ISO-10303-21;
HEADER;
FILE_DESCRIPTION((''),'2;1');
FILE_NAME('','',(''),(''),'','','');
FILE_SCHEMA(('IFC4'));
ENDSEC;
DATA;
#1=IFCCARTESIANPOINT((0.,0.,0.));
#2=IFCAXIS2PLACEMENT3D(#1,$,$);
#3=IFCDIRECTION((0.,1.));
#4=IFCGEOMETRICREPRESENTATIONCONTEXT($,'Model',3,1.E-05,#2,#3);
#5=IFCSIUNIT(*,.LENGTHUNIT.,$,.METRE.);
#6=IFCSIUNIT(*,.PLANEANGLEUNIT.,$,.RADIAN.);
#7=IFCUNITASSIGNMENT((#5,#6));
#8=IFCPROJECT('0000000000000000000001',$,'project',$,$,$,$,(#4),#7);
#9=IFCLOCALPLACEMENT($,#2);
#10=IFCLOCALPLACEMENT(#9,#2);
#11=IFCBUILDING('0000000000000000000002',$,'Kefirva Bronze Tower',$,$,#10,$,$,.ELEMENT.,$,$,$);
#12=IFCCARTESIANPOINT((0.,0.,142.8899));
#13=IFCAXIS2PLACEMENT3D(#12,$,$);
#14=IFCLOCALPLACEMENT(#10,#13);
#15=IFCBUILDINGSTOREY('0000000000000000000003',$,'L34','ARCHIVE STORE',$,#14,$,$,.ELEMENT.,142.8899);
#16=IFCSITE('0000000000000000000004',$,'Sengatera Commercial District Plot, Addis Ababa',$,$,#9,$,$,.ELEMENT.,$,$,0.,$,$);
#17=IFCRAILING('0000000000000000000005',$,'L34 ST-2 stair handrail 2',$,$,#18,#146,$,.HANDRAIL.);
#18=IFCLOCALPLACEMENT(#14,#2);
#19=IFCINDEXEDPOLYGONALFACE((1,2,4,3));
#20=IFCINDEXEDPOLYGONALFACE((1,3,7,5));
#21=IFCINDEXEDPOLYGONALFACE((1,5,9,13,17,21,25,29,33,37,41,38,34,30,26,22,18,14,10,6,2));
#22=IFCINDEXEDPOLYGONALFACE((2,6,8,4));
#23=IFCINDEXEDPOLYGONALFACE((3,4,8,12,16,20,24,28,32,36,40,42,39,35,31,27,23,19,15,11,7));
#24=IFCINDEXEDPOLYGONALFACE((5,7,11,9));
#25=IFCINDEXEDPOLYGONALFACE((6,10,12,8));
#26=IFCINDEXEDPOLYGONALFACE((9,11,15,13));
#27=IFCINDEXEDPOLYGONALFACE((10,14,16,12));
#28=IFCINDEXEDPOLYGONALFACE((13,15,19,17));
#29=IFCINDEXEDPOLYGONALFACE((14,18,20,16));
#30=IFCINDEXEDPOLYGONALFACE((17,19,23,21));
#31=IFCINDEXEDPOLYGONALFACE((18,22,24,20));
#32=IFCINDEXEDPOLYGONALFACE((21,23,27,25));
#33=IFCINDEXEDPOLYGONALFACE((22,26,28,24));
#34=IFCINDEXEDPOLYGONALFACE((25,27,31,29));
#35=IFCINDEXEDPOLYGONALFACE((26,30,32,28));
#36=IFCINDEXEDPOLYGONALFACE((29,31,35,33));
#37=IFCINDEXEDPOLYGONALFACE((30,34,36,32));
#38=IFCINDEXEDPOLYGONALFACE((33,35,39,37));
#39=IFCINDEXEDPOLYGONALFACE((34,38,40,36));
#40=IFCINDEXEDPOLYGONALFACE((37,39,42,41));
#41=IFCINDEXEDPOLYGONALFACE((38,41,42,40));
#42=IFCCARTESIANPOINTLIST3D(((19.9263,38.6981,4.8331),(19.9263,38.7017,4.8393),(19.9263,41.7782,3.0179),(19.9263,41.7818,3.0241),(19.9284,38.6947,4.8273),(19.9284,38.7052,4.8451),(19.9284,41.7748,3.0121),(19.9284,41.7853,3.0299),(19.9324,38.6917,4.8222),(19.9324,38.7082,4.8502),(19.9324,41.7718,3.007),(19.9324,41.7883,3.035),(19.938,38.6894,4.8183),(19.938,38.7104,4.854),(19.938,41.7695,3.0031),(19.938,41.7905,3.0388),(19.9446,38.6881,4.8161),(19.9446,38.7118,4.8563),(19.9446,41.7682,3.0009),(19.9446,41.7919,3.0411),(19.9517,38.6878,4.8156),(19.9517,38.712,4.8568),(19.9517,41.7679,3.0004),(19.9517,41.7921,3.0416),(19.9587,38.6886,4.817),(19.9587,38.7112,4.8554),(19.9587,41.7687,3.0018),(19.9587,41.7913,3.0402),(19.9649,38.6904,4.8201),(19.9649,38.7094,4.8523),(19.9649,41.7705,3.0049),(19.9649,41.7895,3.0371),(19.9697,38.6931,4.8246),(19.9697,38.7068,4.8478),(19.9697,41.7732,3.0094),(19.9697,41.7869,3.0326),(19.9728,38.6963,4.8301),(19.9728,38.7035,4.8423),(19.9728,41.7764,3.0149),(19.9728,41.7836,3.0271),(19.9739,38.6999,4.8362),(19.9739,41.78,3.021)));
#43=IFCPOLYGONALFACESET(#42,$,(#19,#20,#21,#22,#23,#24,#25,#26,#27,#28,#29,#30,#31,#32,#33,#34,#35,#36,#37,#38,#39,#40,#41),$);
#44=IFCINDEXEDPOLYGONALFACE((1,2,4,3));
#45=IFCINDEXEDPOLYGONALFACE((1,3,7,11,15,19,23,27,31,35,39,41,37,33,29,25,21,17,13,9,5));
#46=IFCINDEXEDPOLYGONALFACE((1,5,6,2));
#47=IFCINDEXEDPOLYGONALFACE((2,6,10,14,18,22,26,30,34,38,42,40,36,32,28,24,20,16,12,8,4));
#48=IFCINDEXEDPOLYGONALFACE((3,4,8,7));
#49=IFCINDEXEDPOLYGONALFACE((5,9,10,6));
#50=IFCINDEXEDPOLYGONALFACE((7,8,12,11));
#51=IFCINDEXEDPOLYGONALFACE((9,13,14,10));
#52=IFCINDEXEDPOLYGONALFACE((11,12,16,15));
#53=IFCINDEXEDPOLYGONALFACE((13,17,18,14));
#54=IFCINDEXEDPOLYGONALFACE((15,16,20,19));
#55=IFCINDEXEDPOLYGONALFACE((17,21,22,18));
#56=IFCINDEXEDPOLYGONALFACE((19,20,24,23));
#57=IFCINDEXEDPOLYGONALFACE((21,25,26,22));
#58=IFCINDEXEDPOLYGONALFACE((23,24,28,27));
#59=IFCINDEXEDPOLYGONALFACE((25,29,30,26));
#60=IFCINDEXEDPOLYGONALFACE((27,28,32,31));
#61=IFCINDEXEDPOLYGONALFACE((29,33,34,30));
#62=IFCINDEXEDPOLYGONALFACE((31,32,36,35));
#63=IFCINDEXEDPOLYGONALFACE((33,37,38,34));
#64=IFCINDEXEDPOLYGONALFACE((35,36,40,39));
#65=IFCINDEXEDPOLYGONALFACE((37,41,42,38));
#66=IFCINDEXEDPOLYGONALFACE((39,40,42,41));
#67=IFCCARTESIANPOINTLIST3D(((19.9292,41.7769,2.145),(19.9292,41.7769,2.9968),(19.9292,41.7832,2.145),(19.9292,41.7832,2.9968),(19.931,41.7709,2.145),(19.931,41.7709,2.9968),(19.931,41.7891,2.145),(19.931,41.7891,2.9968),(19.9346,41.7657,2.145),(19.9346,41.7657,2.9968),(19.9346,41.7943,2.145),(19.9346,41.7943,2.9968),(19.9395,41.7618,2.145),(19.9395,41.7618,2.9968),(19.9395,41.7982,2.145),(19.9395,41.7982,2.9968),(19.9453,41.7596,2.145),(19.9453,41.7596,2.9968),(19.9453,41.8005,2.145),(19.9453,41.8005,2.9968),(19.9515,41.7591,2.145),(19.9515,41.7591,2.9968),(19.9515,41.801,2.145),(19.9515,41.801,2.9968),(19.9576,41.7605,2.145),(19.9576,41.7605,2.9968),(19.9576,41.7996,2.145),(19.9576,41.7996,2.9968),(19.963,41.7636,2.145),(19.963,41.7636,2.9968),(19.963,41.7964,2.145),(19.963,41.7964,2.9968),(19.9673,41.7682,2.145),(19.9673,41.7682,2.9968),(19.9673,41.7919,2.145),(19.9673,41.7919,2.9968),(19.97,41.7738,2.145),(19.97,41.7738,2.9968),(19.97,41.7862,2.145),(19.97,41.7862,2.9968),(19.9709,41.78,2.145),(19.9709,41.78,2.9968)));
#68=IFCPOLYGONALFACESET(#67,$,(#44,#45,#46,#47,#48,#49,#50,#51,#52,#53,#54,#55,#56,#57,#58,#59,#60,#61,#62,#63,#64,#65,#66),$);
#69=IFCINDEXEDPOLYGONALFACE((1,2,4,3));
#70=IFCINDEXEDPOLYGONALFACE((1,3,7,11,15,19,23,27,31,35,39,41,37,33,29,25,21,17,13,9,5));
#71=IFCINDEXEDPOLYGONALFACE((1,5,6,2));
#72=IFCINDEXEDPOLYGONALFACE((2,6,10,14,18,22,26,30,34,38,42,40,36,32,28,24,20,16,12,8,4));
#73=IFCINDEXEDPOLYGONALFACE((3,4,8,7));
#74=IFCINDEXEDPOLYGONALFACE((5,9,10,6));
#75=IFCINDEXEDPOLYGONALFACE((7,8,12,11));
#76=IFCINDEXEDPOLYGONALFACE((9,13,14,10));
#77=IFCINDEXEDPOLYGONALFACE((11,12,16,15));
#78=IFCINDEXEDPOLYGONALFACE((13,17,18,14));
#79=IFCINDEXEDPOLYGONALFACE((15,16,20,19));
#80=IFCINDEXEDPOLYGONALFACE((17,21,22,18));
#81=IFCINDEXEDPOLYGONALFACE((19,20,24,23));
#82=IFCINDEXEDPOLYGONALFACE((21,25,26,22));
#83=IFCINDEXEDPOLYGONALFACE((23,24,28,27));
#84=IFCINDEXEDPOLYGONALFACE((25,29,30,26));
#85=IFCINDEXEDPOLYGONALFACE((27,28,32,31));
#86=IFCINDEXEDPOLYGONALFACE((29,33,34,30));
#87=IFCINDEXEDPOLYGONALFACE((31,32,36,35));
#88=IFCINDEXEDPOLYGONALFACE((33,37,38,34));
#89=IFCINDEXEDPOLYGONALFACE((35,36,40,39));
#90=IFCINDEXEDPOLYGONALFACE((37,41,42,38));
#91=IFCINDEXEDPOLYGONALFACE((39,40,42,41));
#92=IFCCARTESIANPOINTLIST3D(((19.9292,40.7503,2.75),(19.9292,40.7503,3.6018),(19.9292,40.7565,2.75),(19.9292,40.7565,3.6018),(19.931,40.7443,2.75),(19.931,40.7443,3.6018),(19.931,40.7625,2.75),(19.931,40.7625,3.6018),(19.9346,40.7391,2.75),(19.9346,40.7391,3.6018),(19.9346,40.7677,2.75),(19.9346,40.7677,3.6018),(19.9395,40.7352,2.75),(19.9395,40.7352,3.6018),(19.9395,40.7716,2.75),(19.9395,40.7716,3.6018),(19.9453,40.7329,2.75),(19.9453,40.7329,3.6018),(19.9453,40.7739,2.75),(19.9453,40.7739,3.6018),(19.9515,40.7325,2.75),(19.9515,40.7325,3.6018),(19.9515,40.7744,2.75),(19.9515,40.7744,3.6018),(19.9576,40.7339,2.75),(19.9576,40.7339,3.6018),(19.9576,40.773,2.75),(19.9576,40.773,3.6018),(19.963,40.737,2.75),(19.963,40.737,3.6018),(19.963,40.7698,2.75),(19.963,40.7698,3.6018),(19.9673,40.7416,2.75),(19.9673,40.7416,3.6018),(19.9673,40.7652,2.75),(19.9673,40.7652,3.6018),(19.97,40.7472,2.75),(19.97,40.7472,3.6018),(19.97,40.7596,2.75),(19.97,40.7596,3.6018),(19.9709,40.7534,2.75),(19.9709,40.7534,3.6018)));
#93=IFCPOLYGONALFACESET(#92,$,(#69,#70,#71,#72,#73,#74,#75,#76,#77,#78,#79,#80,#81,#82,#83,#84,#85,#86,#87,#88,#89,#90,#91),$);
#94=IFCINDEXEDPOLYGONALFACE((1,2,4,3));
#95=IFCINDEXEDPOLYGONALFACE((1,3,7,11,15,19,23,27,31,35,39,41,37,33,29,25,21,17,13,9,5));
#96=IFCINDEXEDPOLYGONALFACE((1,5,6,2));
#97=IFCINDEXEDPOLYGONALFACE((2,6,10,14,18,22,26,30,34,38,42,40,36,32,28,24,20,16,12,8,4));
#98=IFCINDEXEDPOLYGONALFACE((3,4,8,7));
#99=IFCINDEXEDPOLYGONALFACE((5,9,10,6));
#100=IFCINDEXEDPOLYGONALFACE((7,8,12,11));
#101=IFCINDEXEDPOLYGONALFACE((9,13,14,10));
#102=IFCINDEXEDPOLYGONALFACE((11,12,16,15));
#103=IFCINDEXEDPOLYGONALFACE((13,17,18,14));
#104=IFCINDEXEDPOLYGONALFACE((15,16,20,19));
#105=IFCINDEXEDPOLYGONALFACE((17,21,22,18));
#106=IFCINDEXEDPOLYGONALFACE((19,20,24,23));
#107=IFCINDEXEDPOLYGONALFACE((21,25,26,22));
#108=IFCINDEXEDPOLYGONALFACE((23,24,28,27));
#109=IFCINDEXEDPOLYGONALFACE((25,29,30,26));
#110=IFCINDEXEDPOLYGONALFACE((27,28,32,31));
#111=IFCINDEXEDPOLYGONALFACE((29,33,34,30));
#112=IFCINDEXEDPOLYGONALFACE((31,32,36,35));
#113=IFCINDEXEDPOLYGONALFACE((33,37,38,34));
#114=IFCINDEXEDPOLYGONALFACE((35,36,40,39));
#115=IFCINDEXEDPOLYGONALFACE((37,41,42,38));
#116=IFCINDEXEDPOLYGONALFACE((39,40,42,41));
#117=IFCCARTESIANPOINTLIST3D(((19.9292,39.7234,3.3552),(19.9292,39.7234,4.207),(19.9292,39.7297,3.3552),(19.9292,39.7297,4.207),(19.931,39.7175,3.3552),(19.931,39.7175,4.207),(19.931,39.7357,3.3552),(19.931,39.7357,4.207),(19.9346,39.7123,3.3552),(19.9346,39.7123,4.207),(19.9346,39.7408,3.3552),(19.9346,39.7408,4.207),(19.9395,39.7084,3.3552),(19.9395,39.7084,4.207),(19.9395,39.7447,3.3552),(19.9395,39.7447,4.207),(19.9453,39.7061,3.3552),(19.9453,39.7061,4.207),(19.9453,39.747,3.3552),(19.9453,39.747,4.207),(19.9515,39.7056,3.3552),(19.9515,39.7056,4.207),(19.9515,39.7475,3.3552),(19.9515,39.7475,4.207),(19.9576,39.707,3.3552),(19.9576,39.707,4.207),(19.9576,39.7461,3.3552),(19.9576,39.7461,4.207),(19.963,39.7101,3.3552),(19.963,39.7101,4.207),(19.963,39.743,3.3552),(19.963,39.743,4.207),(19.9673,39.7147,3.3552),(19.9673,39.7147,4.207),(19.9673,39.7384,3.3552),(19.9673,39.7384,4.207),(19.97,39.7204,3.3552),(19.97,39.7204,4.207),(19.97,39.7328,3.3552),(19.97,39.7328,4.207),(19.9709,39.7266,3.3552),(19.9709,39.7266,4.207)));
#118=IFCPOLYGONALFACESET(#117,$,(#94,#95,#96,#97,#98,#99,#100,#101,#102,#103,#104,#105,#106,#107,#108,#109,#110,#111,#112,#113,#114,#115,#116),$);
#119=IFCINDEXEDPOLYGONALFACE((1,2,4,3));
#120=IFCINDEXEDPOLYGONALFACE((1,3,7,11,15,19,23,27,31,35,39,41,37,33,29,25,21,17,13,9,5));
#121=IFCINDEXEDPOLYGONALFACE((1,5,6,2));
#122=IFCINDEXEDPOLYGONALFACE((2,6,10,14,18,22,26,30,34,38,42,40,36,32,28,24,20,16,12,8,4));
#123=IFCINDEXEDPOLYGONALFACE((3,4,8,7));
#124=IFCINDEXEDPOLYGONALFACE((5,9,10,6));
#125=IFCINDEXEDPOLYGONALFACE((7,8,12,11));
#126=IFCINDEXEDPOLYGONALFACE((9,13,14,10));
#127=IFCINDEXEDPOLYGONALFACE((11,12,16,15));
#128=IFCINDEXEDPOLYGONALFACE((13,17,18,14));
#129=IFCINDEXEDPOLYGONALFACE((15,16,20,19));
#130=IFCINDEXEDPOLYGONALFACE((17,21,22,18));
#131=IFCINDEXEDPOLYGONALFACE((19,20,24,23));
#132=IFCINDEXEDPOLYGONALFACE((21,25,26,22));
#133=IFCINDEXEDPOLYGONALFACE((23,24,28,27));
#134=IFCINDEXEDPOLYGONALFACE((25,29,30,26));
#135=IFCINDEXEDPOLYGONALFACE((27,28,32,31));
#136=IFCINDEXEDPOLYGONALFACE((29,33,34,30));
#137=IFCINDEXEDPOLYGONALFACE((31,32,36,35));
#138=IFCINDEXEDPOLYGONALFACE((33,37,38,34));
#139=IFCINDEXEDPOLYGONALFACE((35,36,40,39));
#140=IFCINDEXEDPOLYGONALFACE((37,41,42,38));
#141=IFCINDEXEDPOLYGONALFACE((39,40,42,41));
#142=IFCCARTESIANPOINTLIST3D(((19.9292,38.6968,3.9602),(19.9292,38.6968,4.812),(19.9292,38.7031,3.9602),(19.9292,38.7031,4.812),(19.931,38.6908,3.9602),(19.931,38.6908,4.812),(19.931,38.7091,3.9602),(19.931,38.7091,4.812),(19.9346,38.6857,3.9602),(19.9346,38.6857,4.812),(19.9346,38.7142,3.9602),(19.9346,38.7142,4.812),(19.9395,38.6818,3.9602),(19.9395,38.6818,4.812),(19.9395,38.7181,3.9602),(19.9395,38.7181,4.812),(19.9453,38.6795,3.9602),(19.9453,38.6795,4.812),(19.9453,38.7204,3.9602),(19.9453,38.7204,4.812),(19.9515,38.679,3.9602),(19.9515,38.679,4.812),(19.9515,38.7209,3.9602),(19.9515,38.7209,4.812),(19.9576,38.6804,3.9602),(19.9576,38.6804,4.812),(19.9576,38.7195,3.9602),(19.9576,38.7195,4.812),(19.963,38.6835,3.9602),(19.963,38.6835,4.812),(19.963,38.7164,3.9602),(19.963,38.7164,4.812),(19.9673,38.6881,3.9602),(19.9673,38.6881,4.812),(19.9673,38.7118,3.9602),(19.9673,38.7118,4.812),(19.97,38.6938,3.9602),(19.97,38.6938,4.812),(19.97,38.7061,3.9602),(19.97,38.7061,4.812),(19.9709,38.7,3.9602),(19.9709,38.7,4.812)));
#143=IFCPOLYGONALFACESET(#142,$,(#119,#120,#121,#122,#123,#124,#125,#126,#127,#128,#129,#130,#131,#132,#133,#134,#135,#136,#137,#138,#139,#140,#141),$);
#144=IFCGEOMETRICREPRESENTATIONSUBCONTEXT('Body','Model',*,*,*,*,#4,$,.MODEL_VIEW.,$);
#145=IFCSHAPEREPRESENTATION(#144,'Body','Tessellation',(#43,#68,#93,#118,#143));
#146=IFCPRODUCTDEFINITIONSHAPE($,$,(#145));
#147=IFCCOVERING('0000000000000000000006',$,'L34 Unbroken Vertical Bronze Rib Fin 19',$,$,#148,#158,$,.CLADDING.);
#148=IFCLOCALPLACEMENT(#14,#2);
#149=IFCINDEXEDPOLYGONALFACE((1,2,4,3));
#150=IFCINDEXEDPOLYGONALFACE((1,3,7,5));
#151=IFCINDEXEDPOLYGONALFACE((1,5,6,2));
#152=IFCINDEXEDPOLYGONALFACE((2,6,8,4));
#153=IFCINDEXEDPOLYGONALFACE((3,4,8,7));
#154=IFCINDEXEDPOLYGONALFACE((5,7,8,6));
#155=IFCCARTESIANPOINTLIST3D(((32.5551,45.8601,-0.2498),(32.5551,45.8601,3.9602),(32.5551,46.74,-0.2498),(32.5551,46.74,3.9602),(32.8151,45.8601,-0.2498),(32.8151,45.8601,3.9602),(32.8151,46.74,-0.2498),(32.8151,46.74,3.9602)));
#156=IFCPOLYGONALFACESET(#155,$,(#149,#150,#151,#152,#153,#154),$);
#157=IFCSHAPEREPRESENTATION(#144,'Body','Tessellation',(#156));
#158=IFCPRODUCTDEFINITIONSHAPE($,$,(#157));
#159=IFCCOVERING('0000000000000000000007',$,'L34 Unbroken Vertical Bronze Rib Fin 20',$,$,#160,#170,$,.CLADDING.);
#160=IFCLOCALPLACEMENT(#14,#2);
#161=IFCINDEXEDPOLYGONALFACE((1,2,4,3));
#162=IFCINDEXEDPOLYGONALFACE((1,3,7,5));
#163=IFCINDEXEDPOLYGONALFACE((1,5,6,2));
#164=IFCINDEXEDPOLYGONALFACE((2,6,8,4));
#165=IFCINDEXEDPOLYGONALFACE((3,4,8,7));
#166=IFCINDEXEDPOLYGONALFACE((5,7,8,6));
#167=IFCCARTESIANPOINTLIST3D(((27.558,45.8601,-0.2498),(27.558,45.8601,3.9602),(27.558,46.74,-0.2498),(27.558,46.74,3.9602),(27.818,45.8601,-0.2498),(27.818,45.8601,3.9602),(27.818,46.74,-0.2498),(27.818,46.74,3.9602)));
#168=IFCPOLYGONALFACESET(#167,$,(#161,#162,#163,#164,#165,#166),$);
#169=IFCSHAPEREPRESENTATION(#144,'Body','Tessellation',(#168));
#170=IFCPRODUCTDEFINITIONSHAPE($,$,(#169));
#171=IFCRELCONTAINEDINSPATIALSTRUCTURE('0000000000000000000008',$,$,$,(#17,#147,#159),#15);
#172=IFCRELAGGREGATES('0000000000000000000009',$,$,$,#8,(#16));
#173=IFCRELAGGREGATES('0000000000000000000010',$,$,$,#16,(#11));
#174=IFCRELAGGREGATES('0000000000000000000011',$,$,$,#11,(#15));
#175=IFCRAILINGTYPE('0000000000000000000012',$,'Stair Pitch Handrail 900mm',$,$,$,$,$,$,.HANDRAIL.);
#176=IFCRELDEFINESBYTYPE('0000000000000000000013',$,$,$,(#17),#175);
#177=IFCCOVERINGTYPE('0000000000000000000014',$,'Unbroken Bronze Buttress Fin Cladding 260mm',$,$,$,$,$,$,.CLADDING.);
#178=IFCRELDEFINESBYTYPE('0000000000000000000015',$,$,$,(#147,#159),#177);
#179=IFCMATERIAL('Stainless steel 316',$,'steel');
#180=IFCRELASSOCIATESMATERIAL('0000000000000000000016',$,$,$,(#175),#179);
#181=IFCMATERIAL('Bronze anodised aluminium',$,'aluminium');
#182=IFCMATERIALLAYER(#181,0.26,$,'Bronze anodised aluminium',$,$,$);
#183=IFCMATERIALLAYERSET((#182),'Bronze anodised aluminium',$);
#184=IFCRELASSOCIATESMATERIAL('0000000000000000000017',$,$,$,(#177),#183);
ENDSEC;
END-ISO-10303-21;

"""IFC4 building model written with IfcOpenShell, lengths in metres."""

from ifc_helpers import new_model, si_unit, direction, frame, origin, origin_2d, place, context, subcontext, project, spatial, rectangle, circle, extrude, material, layer, layer_set, type_object, element, save


model = new_model("IFC4")

# Units and contexts
model_context = context("Model", 3, precision=1e-05, world=origin(), true_north=direction((0.0, 1.0)))
body_context = subcontext(model_context, "Body", "Model", "MODEL_VIEW")
ifc_project = project(units=[si_unit("LENGTHUNIT", "METRE"), si_unit("PLANEANGLEUNIT", "RADIAN")], contexts=[model_context])

# Site, building, storey
site_placement = place(None, origin())
site = spatial("IfcSite", under=ifc_project, at=site_placement, Name="Sengatera Commercial District Plot, Addis Ababa", CompositionType="ELEMENT", RefElevation=0.0)
building_placement = place(site_placement, origin())
building = spatial("IfcBuilding", under=site, at=building_placement, Name="Kefirva Bronze Tower", CompositionType="ELEMENT")
storey_placement = place(building_placement, frame((0.0, 0.0, 142.8899)))
storey = spatial("IfcBuildingStorey", under=building, at=storey_placement, Name="L34", Description="ARCHIVE STORE", CompositionType="ELEMENT", Elevation=142.8899)

# Shared definitions
ifc_material_1 = material(Name="Bronze anodised aluminium", Category="aluminium")

# Railing
ifc_material_2 = material(Name="Stainless steel 316", Category="steel")
railing_type_1 = type_object("IfcRailingType", Name="Stair Pitch Handrail 900mm", PredefinedType="HANDRAIL", material=ifc_material_2)
railing_1_placement = place(storey_placement, frame((19.95, 41.78, 2.145)))
element("IfcRailing", 1, at=railing_1_placement, inside=storey, type_object=railing_type_1, Name="L34 ST-2 stair handrail 2", PredefinedType="HANDRAIL", context=body_context, shape_type="SweptSolid", body=[
    extrude(circle(Radius=0.0239, at=origin_2d()), frame((0.0, 0.0, 0.876), z_axis=(0.0, -0.861521, 0.507721), x_axis=(1.0, 0.0, 0.0)), (0.0, 0.0, 1.0), 3.5752),
    extrude(circle(Radius=0.021, at=origin_2d()), origin(), (0.0, 0.0, 1.0), 0.8518),
    extrude(circle(Radius=0.021, at=origin_2d()), frame((0.0, -1.0266, 0.605)), (0.0, 0.0, 1.0), 0.8518),
    extrude(circle(Radius=0.021, at=origin_2d()), frame((0.0, -2.0535, 1.2102)), (0.0, 0.0, 1.0), 0.8518),
    extrude(circle(Radius=0.021, at=origin_2d()), frame((0.0, -3.0801, 1.8152)), (0.0, 0.0, 1.0), 0.8518),
])

# Coverings
ifc_layer_1 = layer(ifc_material_1, 0.26, Name="Bronze anodised aluminium")
ifc_layer_set_1 = layer_set([ifc_layer_1], Name="Bronze anodised aluminium")
covering_type_1 = type_object("IfcCoveringType", Name="Unbroken Bronze Buttress Fin Cladding 260mm", PredefinedType="CLADDING", material=ifc_layer_set_1)
for number, where, z_axis, x_axis, name in (
    (2, (32.6851, 46.3, -0.2498), (0.0, 0.0, 1.0), (-1.0, 0.0, 0.0), "L34 Unbroken Vertical Bronze Rib Fin 19"),
    (3, (27.688, 46.3, -0.2498), (0.0, 0.0, 1.0), (-1.0, 0.0, 0.0), "L34 Unbroken Vertical Bronze Rib Fin 20"),
):
    element("IfcCovering", number, at=place(storey_placement, frame(where, z_axis=z_axis, x_axis=x_axis)), inside=storey, type_object=covering_type_1, Name=name, PredefinedType="CLADDING", context=body_context, shape_type="SweptSolid", body=[
        extrude(rectangle(XDim=0.26, YDim=0.8799, at=origin_2d()), origin(), (0.0, 0.0, 1.0), 4.21),
    ])

save(model, "model.ifc")
